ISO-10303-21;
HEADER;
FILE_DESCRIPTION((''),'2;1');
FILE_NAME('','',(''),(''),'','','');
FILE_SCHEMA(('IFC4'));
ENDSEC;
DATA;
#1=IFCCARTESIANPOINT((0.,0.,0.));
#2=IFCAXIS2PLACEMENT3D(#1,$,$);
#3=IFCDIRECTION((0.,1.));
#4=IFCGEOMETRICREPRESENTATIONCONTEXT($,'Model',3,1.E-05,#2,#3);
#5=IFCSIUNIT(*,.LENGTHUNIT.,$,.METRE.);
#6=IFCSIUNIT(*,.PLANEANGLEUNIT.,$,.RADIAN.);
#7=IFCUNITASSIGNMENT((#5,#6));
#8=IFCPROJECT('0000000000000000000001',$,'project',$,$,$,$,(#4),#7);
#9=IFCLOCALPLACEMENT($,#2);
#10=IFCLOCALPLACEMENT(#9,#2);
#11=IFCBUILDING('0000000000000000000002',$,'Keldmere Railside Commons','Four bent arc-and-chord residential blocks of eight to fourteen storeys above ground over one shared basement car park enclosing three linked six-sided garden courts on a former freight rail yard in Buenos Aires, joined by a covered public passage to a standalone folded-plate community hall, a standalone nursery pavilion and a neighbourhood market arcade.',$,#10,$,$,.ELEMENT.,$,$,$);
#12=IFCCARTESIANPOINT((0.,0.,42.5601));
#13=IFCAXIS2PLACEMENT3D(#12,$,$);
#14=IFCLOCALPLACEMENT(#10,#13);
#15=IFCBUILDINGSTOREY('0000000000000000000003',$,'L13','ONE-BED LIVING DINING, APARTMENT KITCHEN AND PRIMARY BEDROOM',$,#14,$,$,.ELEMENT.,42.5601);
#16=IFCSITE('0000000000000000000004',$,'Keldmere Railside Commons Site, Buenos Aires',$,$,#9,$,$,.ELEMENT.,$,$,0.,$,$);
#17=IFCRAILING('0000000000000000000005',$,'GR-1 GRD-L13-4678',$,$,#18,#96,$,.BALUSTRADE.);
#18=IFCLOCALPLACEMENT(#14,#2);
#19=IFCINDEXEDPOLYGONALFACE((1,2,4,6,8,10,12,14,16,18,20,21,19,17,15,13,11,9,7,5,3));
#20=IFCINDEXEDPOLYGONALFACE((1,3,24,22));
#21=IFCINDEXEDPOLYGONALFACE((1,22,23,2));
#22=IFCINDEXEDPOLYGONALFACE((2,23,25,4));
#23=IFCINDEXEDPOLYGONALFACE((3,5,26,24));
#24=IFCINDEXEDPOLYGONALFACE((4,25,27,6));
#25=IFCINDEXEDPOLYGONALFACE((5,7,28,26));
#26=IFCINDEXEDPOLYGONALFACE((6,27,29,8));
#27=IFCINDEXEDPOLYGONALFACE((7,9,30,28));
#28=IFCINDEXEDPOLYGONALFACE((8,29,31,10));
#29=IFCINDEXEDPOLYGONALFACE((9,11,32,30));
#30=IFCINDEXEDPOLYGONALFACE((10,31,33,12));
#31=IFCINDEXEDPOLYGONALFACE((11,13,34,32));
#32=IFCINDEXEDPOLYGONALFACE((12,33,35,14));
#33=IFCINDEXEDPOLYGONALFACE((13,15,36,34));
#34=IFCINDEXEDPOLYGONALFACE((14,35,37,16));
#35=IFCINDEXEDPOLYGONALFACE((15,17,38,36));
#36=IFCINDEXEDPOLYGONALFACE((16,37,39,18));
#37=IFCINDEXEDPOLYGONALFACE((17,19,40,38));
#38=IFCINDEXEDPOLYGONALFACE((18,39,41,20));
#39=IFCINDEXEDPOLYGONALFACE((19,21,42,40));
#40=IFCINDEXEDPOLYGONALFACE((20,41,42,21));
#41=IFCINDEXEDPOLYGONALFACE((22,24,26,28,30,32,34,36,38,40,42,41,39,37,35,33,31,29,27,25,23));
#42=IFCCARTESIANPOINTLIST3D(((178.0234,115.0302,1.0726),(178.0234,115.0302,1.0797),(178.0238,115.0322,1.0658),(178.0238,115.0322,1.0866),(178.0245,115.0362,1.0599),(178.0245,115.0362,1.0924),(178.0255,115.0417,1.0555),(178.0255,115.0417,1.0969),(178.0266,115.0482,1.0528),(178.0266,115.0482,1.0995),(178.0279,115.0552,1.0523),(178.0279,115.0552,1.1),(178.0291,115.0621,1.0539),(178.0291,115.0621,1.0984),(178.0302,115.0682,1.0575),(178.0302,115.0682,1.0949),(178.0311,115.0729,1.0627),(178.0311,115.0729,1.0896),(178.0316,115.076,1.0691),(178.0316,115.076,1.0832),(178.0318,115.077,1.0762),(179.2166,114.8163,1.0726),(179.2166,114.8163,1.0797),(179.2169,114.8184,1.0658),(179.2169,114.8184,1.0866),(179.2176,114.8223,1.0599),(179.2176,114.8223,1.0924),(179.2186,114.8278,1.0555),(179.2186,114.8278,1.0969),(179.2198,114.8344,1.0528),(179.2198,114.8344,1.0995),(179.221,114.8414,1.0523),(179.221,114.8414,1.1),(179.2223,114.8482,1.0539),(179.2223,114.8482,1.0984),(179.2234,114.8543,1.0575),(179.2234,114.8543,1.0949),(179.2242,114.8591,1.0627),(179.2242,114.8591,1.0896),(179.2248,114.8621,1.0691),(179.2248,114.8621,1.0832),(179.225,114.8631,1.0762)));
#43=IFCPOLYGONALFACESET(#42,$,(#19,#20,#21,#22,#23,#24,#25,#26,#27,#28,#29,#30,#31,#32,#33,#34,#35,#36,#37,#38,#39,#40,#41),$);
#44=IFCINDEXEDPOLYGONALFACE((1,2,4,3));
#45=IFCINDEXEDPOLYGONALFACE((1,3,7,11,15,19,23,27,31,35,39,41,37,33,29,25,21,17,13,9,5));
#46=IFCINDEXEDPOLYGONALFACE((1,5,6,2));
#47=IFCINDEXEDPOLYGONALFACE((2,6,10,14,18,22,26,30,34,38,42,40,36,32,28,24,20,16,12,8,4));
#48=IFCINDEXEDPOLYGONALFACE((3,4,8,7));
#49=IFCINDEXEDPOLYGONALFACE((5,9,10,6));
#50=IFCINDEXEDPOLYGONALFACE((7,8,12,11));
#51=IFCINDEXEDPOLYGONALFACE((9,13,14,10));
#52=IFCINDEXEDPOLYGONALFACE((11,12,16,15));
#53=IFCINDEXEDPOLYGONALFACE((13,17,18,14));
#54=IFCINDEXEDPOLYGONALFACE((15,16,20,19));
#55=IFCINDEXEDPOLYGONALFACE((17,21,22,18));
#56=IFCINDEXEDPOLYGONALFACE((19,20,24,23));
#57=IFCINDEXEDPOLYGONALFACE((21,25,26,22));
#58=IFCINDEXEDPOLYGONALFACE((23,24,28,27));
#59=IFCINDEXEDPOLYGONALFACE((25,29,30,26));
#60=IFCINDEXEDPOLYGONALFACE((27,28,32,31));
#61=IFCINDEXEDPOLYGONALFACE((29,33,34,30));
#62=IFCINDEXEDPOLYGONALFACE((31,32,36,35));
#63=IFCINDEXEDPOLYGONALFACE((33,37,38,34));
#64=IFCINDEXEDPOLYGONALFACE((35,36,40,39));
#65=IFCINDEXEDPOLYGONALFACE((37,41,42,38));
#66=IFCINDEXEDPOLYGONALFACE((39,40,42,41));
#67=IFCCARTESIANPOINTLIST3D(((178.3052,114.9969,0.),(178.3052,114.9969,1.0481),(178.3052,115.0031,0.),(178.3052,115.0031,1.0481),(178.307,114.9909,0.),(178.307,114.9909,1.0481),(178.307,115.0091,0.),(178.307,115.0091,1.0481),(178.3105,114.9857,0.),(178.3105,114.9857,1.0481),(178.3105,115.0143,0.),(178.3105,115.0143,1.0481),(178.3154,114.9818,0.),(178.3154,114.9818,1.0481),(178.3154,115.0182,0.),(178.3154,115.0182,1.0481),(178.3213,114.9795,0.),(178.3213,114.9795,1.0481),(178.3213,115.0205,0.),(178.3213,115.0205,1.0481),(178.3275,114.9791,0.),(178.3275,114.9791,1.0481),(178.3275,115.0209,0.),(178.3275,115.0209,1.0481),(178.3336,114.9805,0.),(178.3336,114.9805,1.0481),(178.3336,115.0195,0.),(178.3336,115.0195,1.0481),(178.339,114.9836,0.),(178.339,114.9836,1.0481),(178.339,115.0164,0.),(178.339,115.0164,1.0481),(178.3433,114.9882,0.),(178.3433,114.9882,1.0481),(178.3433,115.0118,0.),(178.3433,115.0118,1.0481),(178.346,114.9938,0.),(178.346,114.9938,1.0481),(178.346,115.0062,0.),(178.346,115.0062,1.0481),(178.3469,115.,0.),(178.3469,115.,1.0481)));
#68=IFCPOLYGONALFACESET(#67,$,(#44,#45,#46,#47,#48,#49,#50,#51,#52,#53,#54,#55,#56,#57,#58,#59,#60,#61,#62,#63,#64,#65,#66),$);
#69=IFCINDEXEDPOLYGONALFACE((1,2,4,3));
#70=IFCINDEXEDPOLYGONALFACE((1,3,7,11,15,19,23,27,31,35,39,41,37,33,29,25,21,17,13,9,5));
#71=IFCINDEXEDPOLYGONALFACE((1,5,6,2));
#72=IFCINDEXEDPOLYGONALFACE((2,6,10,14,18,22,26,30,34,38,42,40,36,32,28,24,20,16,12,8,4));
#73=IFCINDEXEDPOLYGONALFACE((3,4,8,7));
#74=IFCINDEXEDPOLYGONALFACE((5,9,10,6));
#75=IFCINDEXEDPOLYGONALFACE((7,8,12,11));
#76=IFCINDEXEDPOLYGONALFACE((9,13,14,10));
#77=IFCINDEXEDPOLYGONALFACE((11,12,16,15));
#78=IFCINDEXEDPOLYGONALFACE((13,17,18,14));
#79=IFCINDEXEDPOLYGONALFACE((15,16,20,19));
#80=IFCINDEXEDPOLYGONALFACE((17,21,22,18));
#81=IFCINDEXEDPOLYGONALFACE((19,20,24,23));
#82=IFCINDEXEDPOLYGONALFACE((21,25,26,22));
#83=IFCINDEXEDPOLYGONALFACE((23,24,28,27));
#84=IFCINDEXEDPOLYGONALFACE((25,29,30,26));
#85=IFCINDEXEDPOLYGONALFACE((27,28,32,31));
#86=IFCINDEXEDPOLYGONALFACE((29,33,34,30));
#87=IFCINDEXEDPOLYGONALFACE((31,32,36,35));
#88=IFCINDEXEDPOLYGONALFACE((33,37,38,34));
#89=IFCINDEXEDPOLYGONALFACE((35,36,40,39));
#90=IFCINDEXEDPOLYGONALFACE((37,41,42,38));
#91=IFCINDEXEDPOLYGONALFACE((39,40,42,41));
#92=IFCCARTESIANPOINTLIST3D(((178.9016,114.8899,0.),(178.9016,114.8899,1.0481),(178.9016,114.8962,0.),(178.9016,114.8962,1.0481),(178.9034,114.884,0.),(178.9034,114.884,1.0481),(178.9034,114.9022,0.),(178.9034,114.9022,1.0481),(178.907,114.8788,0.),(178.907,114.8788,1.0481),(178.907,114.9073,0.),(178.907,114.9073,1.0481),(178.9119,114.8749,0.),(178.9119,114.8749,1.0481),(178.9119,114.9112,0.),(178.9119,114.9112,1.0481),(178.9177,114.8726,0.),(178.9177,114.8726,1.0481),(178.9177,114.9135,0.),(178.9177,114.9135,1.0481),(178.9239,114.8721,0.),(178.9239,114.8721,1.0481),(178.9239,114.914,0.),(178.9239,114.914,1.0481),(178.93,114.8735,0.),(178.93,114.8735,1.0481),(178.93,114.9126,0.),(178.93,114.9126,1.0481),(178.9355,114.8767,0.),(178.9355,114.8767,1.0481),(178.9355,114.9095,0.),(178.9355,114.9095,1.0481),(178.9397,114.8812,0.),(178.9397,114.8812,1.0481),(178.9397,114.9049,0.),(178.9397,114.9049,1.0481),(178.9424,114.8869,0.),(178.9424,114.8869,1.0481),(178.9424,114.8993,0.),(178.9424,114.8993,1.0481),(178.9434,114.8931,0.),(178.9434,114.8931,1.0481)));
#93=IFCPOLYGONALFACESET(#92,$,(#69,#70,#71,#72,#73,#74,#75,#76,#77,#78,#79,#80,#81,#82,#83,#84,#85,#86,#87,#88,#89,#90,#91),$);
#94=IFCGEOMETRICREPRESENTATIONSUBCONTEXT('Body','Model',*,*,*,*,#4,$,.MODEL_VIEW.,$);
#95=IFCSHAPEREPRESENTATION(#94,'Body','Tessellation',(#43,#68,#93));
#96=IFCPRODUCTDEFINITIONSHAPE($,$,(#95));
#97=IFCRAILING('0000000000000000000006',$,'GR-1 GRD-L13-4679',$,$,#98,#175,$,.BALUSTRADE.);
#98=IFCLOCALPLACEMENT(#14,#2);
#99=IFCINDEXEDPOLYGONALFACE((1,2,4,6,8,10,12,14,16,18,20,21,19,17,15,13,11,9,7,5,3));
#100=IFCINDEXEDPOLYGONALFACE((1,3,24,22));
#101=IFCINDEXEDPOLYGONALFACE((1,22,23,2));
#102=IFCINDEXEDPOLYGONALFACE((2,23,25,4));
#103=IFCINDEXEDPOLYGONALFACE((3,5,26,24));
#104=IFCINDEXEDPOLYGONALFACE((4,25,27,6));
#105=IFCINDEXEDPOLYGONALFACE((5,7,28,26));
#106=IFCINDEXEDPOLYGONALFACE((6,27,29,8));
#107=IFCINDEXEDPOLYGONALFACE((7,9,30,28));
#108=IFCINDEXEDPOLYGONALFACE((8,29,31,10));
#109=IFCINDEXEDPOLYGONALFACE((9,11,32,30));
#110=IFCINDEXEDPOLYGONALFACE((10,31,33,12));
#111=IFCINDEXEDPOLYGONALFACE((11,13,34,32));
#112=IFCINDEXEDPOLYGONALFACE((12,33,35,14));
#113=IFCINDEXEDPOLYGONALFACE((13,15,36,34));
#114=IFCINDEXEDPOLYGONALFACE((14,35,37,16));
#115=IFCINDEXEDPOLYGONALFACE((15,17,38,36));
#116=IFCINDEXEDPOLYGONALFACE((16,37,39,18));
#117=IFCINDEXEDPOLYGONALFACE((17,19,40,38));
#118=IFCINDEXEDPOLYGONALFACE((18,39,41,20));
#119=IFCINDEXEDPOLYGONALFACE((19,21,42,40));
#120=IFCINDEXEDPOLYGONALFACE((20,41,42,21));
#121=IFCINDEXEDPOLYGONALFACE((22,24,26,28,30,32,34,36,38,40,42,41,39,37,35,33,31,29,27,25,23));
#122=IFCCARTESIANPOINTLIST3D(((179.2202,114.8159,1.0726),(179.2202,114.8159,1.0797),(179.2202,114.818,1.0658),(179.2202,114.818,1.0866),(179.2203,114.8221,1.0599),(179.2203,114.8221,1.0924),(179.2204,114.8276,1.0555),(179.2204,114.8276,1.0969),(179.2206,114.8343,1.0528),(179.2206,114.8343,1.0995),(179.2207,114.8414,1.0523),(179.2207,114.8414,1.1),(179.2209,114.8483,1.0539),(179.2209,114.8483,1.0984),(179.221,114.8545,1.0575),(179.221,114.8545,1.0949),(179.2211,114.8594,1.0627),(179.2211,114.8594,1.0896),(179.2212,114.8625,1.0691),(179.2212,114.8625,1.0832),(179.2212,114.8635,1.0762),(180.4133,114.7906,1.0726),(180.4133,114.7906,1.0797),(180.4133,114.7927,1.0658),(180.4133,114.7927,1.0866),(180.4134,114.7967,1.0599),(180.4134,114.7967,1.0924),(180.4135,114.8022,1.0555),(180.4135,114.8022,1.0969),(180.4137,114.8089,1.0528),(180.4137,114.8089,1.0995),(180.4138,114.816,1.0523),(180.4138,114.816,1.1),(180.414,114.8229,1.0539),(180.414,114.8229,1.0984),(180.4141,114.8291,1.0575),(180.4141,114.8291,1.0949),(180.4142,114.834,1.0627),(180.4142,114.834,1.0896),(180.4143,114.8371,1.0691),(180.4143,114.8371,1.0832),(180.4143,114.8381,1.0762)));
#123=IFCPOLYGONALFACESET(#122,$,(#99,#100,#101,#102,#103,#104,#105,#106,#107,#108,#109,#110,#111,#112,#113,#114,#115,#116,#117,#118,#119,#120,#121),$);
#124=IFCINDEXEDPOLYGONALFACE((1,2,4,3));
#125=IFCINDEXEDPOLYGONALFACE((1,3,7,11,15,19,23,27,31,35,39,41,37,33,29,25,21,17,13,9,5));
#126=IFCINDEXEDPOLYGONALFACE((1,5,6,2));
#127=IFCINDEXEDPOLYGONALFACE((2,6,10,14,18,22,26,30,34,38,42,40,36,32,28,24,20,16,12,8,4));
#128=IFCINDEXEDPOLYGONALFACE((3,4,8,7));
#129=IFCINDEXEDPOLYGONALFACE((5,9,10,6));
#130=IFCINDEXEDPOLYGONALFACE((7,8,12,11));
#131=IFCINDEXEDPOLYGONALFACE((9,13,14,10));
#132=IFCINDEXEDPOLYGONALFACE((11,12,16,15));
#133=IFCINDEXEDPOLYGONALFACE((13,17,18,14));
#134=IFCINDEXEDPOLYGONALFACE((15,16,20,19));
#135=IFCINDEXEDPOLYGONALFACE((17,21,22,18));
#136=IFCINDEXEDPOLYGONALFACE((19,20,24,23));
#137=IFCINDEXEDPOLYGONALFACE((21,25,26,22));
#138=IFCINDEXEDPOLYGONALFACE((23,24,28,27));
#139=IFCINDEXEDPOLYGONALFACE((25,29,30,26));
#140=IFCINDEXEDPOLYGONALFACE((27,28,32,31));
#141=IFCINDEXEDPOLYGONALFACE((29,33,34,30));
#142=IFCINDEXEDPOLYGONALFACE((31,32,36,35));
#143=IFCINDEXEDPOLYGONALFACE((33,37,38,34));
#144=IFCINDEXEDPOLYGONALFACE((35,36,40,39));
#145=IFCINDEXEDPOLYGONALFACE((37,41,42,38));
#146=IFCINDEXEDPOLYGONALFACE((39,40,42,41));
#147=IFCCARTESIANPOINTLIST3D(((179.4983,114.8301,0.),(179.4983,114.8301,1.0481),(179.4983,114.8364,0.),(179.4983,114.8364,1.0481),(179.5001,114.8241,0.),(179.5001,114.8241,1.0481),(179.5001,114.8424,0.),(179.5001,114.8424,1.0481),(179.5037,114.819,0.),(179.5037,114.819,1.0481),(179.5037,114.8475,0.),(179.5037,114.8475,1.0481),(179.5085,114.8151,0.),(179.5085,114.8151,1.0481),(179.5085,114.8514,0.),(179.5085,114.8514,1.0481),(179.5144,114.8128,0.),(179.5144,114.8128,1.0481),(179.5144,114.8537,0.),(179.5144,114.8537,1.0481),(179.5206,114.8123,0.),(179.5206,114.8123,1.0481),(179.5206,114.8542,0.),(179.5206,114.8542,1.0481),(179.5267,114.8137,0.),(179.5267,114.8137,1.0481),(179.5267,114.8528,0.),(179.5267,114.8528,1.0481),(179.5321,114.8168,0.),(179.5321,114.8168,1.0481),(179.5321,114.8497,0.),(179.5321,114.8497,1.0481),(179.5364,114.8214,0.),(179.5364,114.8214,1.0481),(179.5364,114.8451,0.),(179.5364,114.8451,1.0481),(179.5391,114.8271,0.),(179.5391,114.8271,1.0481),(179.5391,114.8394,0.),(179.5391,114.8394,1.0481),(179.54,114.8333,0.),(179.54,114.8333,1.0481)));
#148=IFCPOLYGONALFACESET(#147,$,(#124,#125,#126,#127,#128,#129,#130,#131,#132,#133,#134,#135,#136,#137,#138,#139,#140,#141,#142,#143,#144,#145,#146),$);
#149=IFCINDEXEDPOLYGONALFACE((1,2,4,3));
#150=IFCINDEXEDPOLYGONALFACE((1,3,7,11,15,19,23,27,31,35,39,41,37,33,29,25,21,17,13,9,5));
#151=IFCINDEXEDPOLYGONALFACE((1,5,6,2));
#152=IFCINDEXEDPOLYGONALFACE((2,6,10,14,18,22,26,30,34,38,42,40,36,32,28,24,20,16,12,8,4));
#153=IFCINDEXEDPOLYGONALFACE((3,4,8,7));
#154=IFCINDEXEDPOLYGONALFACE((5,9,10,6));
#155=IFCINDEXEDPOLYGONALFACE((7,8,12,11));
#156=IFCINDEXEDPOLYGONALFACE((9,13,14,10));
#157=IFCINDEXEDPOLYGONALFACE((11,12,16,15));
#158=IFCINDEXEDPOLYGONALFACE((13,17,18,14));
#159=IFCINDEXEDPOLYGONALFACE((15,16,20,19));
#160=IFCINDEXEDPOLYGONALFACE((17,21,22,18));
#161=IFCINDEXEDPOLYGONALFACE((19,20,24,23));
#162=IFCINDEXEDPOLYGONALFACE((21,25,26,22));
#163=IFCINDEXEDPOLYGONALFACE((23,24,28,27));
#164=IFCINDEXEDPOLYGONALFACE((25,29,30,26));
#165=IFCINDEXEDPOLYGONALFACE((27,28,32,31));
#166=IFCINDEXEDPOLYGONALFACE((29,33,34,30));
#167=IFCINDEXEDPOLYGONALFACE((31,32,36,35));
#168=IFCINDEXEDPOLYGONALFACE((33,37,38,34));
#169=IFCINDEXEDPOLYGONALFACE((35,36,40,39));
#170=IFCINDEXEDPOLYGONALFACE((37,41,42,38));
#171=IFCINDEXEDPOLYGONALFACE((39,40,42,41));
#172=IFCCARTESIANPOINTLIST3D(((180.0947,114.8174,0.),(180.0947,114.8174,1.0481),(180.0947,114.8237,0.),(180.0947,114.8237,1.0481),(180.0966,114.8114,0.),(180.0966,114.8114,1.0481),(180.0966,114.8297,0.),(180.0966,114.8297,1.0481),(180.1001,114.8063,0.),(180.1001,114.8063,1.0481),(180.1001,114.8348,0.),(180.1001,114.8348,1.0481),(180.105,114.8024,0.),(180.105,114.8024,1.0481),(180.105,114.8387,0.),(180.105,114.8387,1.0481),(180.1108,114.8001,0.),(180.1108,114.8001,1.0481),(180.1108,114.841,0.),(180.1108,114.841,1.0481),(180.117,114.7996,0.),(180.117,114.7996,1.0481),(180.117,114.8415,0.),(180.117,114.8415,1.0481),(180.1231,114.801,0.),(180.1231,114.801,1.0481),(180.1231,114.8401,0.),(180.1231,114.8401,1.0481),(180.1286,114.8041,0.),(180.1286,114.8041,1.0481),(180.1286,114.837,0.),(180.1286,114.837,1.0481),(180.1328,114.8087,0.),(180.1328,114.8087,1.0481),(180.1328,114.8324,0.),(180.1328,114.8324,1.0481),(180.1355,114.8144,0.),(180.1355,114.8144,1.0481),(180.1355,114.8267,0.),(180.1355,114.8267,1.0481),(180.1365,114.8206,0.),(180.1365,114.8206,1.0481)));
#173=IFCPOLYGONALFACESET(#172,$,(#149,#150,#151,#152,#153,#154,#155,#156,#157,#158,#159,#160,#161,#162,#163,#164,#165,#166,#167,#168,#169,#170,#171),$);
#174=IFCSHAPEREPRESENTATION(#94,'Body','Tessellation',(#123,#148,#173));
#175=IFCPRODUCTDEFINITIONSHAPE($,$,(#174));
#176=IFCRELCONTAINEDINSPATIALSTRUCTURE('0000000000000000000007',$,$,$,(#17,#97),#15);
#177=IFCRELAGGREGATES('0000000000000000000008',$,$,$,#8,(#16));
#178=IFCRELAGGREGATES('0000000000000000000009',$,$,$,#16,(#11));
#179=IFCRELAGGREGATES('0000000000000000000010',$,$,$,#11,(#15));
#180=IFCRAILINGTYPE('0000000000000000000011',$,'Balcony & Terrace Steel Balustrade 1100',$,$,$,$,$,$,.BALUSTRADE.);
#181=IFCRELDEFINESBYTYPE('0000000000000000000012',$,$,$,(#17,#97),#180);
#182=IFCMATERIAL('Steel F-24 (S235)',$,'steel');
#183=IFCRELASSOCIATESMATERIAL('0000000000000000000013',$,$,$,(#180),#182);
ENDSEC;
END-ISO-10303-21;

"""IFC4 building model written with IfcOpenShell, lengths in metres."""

from ifc_helpers import new_model, si_unit, direction, frame, origin, origin_2d, place, context, subcontext, project, spatial, circle, extrude, material, type_object, element, save


model = new_model("IFC4")

# Units and contexts
model_context = context("Model", 3, precision=1e-05, world=origin(), true_north=direction((0.0, 1.0)))
body_context = subcontext(model_context, "Body", "Model", "MODEL_VIEW")
ifc_project = project(units=[si_unit("LENGTHUNIT", "METRE"), si_unit("PLANEANGLEUNIT", "RADIAN")], contexts=[model_context])

# Site, building, storey
site_placement = place(None, origin())
site = spatial("IfcSite", under=ifc_project, at=site_placement, Name="Keldmere Railside Commons Site, Buenos Aires", CompositionType="ELEMENT", RefElevation=0.0)
building_placement = place(site_placement, origin())
building = spatial("IfcBuilding", under=site, at=building_placement, Name="Keldmere Railside Commons", Description="Four bent arc-and-chord residential blocks of eight to fourteen storeys above ground over one shared basement car park enclosing three linked six-sided garden courts on a former freight rail yard in Buenos Aires, joined by a covered public passage to a standalone folded-plate community hall, a standalone nursery pavilion and a neighbourhood market arcade.", CompositionType="ELEMENT")
storey_placement = place(building_placement, frame((0.0, 0.0, 42.5601)))
storey = spatial("IfcBuildingStorey", under=building, at=storey_placement, Name="L13", Description="ONE-BED LIVING DINING, APARTMENT KITCHEN AND PRIMARY BEDROOM", CompositionType="ELEMENT", Elevation=42.5601)

# Railings
ifc_material_1 = material(Name="Steel F-24 (S235)", Category="steel")
railing_type = type_object("IfcRailingType", Name="Balcony & Terrace Steel Balustrade 1100", PredefinedType="BALUSTRADE", material=ifc_material_1)
railing_1_placement = place(storey_placement, frame((178.0276, 115.0535, 0.0)))
element("IfcRailing", 1, at=railing_1_placement, inside=storey, type_object=railing_type, Name="GR-1 GRD-L13-4678", PredefinedType="BALUSTRADE", context=body_context, shape_type="SweptSolid", body=[
    extrude(circle(Radius=0.0239, at=origin_2d()), frame((0.0, 0.0, 1.0762), z_axis=(0.984312, -0.176439, 0.0), x_axis=(0.176439, 0.984312, 0.0)), (0.0, 0.0, 1.0), 1.2122),
    extrude(circle(Radius=0.021, at=origin_2d()), frame((0.2983, -0.0535, 0.0)), (0.0, 0.0, 1.0), 1.0481),
    extrude(circle(Radius=0.021, at=origin_2d()), frame((0.8948, -0.1604, 0.0)), (0.0, 0.0, 1.0), 1.0481),
])
railing_2_placement = place(storey_placement, frame((179.2207, 114.8396, 0.0)))
element("IfcRailing", 2, at=railing_2_placement, inside=storey, type_object=railing_type, Name="GR-1 GRD-L13-4679", PredefinedType="BALUSTRADE", context=body_context, shape_type="SweptSolid", body=[
    extrude(circle(Radius=0.0239, at=origin_2d()), frame((0.0, 0.0, 1.0762), z_axis=(0.999774, -0.021276, 0.0), x_axis=(0.021276, 0.999774, 0.0)), (0.0, 0.0, 1.0), 1.1934),
    extrude(circle(Radius=0.021, at=origin_2d()), frame((0.2983, -0.0063, 0.0)), (0.0, 0.0, 1.0), 1.0481),
    extrude(circle(Radius=0.021, at=origin_2d()), frame((0.8948, -0.019, 0.0)), (0.0, 0.0, 1.0), 1.0481),
])

save(model, "model.ifc")
